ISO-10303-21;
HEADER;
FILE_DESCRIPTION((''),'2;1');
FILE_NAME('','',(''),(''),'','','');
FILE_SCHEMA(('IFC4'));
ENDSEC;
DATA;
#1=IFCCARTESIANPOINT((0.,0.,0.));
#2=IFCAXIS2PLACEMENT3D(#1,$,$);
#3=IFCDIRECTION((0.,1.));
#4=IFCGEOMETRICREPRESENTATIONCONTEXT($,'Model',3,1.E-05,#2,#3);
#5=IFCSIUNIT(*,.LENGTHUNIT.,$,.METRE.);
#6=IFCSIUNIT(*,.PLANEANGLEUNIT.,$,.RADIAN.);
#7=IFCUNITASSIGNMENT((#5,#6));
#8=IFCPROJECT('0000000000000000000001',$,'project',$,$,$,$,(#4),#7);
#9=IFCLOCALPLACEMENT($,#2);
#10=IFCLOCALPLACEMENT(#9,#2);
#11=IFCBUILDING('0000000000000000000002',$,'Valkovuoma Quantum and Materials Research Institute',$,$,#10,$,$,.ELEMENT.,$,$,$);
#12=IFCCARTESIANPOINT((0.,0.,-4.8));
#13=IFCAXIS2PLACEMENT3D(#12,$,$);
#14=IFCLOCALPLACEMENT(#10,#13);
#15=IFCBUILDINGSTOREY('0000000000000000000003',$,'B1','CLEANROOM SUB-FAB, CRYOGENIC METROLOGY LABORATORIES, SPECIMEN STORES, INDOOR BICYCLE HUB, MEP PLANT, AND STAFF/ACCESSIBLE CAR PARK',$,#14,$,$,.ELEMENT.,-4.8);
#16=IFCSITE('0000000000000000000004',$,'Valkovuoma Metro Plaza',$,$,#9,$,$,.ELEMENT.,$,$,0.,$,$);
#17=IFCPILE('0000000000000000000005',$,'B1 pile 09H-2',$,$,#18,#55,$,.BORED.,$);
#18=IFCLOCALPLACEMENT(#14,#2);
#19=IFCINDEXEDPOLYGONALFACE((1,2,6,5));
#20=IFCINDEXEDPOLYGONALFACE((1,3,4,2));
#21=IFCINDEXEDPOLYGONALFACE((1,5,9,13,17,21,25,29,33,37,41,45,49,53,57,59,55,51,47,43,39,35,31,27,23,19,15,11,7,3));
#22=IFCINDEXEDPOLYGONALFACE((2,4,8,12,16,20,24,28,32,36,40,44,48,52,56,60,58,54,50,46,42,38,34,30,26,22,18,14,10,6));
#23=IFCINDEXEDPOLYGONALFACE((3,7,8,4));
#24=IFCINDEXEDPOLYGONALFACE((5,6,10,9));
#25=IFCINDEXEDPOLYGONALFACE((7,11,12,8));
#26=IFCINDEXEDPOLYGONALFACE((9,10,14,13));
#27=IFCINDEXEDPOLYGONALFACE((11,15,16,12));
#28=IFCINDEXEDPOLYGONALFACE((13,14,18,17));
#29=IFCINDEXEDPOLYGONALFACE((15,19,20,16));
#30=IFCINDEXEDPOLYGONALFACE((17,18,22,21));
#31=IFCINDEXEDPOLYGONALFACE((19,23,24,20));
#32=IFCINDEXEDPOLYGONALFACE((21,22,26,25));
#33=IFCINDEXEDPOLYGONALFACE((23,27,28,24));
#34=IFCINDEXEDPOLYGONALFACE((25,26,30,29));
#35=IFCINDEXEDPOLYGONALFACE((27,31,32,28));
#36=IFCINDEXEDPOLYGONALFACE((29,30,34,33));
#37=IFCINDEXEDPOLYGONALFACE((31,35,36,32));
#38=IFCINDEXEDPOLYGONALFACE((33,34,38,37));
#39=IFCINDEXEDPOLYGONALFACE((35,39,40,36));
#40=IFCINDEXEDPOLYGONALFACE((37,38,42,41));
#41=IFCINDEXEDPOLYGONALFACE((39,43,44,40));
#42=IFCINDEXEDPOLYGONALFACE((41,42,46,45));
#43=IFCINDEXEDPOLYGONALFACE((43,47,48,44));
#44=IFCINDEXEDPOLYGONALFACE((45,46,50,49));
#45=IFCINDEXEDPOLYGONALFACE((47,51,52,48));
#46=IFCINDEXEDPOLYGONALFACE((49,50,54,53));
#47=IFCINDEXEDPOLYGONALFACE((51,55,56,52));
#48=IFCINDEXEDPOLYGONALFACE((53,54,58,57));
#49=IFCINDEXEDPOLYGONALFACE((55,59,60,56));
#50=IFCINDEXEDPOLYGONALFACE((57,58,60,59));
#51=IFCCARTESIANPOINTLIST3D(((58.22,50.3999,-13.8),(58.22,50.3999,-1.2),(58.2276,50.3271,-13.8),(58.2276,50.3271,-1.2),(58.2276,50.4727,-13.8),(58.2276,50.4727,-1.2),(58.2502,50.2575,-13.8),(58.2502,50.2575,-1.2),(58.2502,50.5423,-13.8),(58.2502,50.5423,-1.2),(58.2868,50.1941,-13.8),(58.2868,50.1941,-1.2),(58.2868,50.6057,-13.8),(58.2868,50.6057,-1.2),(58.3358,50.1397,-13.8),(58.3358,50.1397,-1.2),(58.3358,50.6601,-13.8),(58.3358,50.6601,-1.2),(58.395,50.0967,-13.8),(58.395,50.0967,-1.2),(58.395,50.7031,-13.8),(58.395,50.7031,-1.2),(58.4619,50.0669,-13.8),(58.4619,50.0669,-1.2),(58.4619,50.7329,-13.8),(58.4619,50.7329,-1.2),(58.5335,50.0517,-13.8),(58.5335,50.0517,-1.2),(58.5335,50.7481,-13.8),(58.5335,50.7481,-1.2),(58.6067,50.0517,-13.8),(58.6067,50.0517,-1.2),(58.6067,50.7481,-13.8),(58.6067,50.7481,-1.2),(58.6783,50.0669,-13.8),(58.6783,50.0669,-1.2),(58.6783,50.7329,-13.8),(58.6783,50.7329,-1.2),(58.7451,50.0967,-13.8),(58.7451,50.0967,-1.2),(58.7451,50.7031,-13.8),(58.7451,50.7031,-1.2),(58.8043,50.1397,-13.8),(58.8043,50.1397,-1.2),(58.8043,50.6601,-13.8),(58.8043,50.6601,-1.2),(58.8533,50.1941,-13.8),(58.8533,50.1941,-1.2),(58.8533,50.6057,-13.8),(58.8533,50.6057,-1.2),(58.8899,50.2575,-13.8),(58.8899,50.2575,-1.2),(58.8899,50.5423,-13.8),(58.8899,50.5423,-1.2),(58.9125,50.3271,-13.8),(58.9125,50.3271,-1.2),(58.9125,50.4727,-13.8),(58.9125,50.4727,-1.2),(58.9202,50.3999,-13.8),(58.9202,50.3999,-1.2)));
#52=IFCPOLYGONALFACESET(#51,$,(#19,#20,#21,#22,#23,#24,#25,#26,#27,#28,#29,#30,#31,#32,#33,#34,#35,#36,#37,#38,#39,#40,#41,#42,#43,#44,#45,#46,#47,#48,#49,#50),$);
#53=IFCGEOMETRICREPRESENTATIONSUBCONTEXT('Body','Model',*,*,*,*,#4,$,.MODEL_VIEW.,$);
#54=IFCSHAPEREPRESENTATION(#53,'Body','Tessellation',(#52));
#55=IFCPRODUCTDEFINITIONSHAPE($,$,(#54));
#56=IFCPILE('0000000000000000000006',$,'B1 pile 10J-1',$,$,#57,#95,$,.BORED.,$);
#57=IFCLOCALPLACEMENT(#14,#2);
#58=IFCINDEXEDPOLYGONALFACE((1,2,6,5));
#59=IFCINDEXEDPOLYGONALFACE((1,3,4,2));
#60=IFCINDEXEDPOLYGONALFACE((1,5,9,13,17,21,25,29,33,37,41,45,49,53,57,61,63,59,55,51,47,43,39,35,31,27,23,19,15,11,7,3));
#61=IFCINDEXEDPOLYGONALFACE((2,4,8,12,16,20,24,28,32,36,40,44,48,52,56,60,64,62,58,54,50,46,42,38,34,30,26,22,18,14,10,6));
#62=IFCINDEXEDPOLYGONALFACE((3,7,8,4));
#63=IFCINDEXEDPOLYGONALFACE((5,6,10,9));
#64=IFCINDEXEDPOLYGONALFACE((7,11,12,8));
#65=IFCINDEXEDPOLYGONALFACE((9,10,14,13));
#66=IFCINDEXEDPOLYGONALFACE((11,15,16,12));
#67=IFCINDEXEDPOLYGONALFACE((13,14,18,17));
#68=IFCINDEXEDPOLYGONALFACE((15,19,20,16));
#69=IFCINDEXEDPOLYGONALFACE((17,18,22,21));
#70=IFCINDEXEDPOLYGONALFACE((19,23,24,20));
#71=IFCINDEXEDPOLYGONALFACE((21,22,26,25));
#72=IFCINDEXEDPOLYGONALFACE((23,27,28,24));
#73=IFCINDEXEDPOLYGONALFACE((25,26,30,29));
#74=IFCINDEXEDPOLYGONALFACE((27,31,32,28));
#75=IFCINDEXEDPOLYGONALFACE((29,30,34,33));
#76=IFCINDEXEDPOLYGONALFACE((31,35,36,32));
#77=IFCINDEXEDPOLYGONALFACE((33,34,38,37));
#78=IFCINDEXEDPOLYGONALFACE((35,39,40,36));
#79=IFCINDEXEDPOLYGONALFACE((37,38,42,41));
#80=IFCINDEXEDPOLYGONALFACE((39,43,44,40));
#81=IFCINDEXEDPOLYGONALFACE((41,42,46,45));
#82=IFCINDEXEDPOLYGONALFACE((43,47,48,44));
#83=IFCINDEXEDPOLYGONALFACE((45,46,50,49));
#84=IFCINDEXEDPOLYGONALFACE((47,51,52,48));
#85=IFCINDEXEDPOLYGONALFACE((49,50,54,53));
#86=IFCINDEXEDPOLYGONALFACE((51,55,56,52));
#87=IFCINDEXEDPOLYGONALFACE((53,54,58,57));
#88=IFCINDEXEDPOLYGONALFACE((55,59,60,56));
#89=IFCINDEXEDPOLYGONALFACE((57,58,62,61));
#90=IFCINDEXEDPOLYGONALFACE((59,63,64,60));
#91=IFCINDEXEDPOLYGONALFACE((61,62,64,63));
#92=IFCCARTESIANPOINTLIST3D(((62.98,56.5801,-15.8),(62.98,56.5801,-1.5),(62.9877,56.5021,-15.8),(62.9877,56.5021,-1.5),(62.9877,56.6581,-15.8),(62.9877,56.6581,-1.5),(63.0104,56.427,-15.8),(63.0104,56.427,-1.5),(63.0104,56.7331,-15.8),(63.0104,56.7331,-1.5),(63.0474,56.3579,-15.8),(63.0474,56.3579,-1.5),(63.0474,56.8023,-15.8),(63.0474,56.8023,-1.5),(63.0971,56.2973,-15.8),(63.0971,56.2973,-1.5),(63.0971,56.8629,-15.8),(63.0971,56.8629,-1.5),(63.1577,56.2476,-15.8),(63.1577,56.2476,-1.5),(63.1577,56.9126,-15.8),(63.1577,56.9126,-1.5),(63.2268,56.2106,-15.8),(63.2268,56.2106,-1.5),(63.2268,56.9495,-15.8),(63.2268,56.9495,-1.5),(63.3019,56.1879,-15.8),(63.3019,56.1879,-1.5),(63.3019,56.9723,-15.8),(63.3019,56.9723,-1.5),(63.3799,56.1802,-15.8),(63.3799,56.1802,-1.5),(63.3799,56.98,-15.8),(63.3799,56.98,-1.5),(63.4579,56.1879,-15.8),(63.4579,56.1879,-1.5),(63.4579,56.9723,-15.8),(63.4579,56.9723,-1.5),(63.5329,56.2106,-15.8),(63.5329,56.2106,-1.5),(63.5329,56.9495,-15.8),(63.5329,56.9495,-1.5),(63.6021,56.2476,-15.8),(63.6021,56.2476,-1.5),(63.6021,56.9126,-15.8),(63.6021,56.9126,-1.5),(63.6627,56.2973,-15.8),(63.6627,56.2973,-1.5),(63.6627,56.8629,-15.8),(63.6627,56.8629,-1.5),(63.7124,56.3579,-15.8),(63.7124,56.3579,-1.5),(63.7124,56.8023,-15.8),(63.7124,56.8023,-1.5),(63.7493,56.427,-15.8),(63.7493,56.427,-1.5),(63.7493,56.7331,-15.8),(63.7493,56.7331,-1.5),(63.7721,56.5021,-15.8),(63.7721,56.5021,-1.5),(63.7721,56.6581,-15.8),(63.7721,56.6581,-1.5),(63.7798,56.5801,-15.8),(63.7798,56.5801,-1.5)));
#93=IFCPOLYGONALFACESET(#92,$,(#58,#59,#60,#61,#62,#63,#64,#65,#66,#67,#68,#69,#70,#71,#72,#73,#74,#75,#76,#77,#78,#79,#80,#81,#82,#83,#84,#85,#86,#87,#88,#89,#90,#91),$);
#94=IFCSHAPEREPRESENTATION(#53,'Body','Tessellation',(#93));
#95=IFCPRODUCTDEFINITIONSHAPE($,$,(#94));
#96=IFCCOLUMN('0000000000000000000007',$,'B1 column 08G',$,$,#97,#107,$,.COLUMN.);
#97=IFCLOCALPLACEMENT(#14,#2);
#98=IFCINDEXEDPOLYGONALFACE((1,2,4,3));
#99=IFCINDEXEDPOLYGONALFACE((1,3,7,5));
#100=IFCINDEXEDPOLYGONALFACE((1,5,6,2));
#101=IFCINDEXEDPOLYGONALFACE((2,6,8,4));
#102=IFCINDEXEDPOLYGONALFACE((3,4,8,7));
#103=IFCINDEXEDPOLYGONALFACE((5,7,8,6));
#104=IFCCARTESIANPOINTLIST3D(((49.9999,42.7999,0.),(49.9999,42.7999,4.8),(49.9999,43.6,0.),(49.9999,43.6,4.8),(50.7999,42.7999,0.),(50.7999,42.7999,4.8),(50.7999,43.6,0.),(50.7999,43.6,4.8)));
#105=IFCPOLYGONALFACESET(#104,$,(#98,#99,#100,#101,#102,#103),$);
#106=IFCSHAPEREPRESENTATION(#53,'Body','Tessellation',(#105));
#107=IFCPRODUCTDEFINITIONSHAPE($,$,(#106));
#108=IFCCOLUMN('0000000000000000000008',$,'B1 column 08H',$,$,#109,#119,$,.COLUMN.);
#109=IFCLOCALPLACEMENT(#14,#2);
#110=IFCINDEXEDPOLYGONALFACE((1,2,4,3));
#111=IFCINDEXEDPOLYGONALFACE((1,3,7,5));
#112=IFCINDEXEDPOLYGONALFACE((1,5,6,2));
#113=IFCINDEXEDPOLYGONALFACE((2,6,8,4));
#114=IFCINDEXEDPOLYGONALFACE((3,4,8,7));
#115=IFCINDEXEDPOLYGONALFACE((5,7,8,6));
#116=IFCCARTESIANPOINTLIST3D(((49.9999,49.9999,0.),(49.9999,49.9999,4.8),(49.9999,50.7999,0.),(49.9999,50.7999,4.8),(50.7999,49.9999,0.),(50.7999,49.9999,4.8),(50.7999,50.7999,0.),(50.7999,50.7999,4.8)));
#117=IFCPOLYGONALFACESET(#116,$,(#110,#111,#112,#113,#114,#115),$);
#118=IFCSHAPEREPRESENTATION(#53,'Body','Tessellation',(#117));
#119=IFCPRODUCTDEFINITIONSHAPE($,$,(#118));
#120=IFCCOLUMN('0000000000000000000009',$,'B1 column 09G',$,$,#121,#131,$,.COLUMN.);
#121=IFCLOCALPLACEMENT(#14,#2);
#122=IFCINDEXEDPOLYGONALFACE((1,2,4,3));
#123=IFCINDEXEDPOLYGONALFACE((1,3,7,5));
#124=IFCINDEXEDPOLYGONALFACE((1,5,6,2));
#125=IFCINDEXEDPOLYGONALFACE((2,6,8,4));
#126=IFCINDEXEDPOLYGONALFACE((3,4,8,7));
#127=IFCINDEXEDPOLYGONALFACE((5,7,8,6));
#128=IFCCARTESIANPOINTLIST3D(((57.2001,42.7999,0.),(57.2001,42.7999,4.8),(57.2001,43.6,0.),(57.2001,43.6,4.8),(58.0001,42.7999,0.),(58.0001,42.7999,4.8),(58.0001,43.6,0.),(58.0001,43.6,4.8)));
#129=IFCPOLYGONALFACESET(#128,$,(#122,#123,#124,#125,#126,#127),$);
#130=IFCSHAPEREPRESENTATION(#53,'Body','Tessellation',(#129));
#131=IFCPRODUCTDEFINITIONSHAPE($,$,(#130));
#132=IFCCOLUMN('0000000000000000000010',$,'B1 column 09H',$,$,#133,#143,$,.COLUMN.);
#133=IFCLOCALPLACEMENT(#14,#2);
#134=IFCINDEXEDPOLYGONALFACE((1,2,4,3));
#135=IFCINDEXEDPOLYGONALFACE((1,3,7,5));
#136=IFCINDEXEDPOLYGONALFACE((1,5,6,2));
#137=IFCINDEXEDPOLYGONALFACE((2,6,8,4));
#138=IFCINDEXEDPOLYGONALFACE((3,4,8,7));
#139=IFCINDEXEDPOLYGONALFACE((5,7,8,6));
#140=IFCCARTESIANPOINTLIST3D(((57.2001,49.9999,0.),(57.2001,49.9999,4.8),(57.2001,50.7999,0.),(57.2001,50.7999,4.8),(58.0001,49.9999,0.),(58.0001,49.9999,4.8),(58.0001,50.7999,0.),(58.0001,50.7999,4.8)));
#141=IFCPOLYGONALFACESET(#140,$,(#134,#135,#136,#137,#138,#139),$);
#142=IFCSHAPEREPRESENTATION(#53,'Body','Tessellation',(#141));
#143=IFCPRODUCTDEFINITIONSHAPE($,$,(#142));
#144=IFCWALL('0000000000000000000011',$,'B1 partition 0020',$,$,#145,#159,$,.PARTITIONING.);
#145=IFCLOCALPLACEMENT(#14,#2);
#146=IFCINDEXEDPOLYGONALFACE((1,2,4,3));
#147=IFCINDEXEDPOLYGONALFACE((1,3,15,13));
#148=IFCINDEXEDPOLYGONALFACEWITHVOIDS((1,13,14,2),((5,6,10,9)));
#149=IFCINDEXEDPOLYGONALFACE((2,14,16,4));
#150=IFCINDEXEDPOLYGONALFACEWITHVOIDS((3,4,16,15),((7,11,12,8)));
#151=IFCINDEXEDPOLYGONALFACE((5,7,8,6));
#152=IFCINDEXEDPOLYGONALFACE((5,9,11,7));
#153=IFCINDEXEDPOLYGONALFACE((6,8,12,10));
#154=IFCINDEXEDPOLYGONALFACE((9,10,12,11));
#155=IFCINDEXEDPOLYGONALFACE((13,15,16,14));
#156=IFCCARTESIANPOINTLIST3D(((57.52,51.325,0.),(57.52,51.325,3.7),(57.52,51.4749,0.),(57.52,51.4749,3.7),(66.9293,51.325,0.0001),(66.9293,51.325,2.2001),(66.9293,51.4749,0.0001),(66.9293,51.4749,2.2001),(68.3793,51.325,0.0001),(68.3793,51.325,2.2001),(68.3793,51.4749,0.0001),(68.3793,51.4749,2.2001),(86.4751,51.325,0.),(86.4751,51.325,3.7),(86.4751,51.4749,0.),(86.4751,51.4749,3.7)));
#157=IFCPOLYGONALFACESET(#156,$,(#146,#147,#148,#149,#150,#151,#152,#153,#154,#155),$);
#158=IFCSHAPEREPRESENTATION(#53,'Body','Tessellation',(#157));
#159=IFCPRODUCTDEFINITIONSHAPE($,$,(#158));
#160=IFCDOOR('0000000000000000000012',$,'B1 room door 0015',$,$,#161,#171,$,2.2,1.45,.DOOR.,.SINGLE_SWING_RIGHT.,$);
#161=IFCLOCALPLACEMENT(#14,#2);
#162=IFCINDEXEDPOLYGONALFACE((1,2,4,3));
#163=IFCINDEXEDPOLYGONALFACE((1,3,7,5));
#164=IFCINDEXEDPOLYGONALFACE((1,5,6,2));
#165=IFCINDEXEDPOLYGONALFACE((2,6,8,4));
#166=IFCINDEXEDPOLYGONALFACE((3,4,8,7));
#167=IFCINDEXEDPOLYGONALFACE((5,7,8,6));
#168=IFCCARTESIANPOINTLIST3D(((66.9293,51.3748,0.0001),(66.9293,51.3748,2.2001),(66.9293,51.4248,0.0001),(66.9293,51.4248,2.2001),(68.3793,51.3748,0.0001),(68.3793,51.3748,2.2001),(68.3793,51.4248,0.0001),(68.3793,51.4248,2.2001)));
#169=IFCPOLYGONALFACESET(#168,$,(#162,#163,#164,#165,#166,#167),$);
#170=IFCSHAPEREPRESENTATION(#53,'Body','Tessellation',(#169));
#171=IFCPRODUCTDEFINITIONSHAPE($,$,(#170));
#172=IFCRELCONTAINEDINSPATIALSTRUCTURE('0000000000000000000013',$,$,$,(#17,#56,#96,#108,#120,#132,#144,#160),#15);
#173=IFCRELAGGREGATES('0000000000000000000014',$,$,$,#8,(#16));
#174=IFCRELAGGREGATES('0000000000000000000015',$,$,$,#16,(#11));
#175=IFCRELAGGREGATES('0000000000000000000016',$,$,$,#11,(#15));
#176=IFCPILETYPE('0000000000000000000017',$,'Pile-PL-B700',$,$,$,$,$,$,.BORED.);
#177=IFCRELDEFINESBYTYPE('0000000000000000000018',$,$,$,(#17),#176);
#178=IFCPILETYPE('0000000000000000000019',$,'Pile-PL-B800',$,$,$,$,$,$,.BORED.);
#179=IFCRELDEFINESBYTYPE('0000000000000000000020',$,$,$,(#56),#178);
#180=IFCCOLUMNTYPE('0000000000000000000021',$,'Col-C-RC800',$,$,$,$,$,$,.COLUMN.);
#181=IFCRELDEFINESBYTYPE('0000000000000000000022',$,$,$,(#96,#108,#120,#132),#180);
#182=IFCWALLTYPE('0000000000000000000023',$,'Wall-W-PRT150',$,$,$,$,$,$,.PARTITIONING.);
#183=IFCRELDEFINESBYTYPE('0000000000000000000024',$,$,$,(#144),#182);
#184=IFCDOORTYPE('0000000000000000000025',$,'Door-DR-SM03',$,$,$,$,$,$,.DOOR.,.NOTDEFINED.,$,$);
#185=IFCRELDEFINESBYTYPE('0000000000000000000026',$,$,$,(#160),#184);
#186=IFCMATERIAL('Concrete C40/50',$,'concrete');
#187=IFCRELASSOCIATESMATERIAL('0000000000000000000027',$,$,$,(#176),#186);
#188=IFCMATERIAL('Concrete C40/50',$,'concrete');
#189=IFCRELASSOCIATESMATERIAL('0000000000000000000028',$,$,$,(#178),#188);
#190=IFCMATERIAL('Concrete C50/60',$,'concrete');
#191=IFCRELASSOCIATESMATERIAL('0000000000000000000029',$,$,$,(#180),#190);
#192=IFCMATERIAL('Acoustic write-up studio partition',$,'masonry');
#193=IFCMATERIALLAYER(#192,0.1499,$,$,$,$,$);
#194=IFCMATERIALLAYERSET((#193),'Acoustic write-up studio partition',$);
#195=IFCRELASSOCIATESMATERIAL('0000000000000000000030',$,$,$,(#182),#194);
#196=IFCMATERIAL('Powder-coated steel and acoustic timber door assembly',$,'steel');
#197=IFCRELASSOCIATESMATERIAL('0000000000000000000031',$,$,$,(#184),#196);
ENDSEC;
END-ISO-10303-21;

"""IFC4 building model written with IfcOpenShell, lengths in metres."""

from ifc_helpers import new_model, si_unit, direction, frame, frame_2d, origin, origin_2d, place, context, subcontext, project, spatial, rectangle, circle, extrude, material, layer, layer_set, material_profile, profile_set, type_object, element, fill, save


model = new_model("IFC4")

# Units and contexts
model_context = context("Model", 3, precision=1e-05, world=origin(), true_north=direction((0.0, 1.0)))
body_context = subcontext(model_context, "Body", "Model", "MODEL_VIEW")
ifc_project = project(units=[si_unit("LENGTHUNIT", "METRE"), si_unit("PLANEANGLEUNIT", "RADIAN")], contexts=[model_context])

# Site, building, storey
site_placement = place(None, origin())
site = spatial("IfcSite", under=ifc_project, at=site_placement, Name="Valkovuoma Metro Plaza", CompositionType="ELEMENT", RefElevation=0.0)
building_placement = place(site_placement, origin())
building = spatial("IfcBuilding", under=site, at=building_placement, Name="Valkovuoma Quantum and Materials Research Institute", CompositionType="ELEMENT")
storey_placement = place(building_placement, frame((0.0, 0.0, -4.8)))
storey = spatial("IfcBuildingStorey", under=building, at=storey_placement, Name="B1", Description="CLEANROOM SUB-FAB, CRYOGENIC METROLOGY LABORATORIES, SPECIMEN STORES, INDOOR BICYCLE HUB, MEP PLANT, AND STAFF/ACCESSIBLE CAR PARK", CompositionType="ELEMENT", Elevation=-4.8)

# Piles
ifc_material_1 = material(Name="Concrete C40/50", Category="concrete")
ifc_material_profile_1 = material_profile(ifc_material_1, circle(Radius=0.3501, at=origin_2d()), Name="Concrete C40/50")
ifc_profile_set_1 = profile_set([ifc_material_profile_1], Name="Concrete C40/50")
pile_type_1 = type_object("IfcPileType", Name="Pile-PL-B700", PredefinedType="BORED", material=ifc_profile_set_1)
for number, where, z_axis, x_axis, name in (
    (1, (58.5701, 50.3999, -1.2), (0.0, 0.0, -1.0), (1.0, 0.0, 0.0), "B1 pile 09H-2"),
):
    element("IfcPile", number, at=place(storey_placement, frame(where, z_axis=z_axis, x_axis=x_axis)), inside=storey, type_object=pile_type_1, Name=name, PredefinedType="BORED", context=body_context, shape_type="SweptSolid", body=[
        extrude(circle(Radius=0.3501, at=origin_2d()), origin(), (0.0, 0.0, 1.0), 12.6001),
    ])
ifc_material_2 = material(Name="Concrete C40/50", Category="concrete")
ifc_material_profile_2 = material_profile(ifc_material_2, circle(Radius=0.3999, at=origin_2d()), Name="Concrete C40/50")
ifc_profile_set_2 = profile_set([ifc_material_profile_2], Name="Concrete C40/50")
pile_type_2 = type_object("IfcPileType", Name="Pile-PL-B800", PredefinedType="BORED", material=ifc_profile_set_2)
pile_1_placement = place(storey_placement, frame((63.3799, 56.5801, -1.5), z_axis=(0.0, 0.0, -1.0), x_axis=(1.0, 0.0, 0.0)))
element("IfcPile", 2, at=pile_1_placement, inside=storey, type_object=pile_type_2, Name="B1 pile 10J-1", PredefinedType="BORED", context=body_context, shape_type="SweptSolid", body=[
    extrude(circle(Radius=0.3999, at=origin_2d()), origin(), (0.0, 0.0, 1.0), 14.3),
])

# Columns
ifc_material_3 = material(Name="Concrete C50/60", Category="concrete")
ifc_material_profile_3 = material_profile(ifc_material_3, rectangle(XDim=0.8, YDim=0.8, at=origin_2d()), Name="Concrete C50/60")
ifc_profile_set_3 = profile_set([ifc_material_profile_3], Name="Concrete C50/60")
column_type = type_object("IfcColumnType", Name="Col-C-RC800", PredefinedType="COLUMN", material=ifc_profile_set_3)
for number, where, z_axis, x_axis, name in (
    (3, (50.3999, 43.2, 0.0), (0.0, 0.0, 1.0), (1.0, 0.0, 0.0), "B1 column 08G"),
    (4, (50.3999, 50.3999, 0.0), (0.0, 0.0, 1.0), (1.0, 0.0, 0.0), "B1 column 08H"),
    (5, (57.6001, 43.2, 0.0), (0.0, 0.0, 1.0), (1.0, 0.0, 0.0), "B1 column 09G"),
    (6, (57.6001, 50.3999, 0.0), (0.0, 0.0, 1.0), (1.0, 0.0, 0.0), "B1 column 09H"),
):
    element("IfcColumn", number, at=place(storey_placement, frame(where, z_axis=z_axis, x_axis=x_axis)), inside=storey, type_object=column_type, Name=name, PredefinedType="COLUMN", context=body_context, shape_type="SweptSolid", body=[
        extrude(rectangle(XDim=0.8, YDim=0.8, at=origin_2d()), origin(), (0.0, 0.0, 1.0), 4.8),
    ])

# Wall, opening, door
ifc_material_4 = material(Name="Acoustic write-up studio partition", Category="masonry")
ifc_layer_1 = layer(ifc_material_4, 0.1499)
ifc_layer_set_1 = layer_set([ifc_layer_1], Name="Acoustic write-up studio partition")
wall_type_1 = type_object("IfcWallType", Name="Wall-W-PRT150", PredefinedType="PARTITIONING", material=ifc_layer_set_1)
wall_1_placement = place(storey_placement, frame((57.52, 51.3999, 0.0), z_axis=(0.0, 0.0, 1.0), x_axis=(1.0, 0.0, 0.0)))
wall_1 = element("IfcWall", 7, at=wall_1_placement, inside=storey, type_object=wall_type_1, Name="B1 partition 0020", PredefinedType="PARTITIONING", context=body_context, shape_type="SweptSolid", body=[
    extrude(rectangle(XDim=28.9551, YDim=0.1499, at=frame_2d((14.4775, 0.0))), origin(), (0.0, 0.0, 1.0), 3.7),
])
opening_1_placement = place(wall_1_placement, frame((9.4092, 0.0, 0.0)))
opening_1 = element("IfcOpeningElement", 8, at=opening_1_placement, cuts=wall_1, PredefinedType="OPENING", context=body_context, shape_type="SweptSolid", body=[
    extrude(rectangle(XDim=1.45, YDim=2.2, at=frame_2d((0.7251, 1.1001))), frame((0.0, 0.085, 0.0), z_axis=(0.0, -1.0, 0.0), x_axis=(1.0, 0.0, 0.0)), (0.0, 0.0, 1.0), 0.1699),
])
ifc_material_5 = material(Name="Powder-coated steel and acoustic timber door assembly", Category="steel")
door_type_1 = type_object("IfcDoorType", Name="Door-DR-SM03", OperationType="NOTDEFINED", PredefinedType="DOOR", material=ifc_material_5)
door_1_placement = place(opening_1_placement, origin())
door_1 = element("IfcDoor", 9, at=door_1_placement, inside=storey, type_object=door_type_1, Name="B1 room door 0015", OperationType="SINGLE_SWING_RIGHT", OverallHeight=2.2, OverallWidth=1.45, PredefinedType="DOOR", context=body_context, shape_type="SweptSolid", body=[
    extrude(rectangle(XDim=1.45, YDim=2.2, at=frame_2d((0.7251, 1.1001))), frame((0.0, 0.0249, 0.0), z_axis=(0.0, -1.0, 0.0), x_axis=(1.0, 0.0, 0.0)), (0.0, 0.0, 1.0), 0.05),
])
fill(opening_1, door_1)

save(model, "model.ifc")
